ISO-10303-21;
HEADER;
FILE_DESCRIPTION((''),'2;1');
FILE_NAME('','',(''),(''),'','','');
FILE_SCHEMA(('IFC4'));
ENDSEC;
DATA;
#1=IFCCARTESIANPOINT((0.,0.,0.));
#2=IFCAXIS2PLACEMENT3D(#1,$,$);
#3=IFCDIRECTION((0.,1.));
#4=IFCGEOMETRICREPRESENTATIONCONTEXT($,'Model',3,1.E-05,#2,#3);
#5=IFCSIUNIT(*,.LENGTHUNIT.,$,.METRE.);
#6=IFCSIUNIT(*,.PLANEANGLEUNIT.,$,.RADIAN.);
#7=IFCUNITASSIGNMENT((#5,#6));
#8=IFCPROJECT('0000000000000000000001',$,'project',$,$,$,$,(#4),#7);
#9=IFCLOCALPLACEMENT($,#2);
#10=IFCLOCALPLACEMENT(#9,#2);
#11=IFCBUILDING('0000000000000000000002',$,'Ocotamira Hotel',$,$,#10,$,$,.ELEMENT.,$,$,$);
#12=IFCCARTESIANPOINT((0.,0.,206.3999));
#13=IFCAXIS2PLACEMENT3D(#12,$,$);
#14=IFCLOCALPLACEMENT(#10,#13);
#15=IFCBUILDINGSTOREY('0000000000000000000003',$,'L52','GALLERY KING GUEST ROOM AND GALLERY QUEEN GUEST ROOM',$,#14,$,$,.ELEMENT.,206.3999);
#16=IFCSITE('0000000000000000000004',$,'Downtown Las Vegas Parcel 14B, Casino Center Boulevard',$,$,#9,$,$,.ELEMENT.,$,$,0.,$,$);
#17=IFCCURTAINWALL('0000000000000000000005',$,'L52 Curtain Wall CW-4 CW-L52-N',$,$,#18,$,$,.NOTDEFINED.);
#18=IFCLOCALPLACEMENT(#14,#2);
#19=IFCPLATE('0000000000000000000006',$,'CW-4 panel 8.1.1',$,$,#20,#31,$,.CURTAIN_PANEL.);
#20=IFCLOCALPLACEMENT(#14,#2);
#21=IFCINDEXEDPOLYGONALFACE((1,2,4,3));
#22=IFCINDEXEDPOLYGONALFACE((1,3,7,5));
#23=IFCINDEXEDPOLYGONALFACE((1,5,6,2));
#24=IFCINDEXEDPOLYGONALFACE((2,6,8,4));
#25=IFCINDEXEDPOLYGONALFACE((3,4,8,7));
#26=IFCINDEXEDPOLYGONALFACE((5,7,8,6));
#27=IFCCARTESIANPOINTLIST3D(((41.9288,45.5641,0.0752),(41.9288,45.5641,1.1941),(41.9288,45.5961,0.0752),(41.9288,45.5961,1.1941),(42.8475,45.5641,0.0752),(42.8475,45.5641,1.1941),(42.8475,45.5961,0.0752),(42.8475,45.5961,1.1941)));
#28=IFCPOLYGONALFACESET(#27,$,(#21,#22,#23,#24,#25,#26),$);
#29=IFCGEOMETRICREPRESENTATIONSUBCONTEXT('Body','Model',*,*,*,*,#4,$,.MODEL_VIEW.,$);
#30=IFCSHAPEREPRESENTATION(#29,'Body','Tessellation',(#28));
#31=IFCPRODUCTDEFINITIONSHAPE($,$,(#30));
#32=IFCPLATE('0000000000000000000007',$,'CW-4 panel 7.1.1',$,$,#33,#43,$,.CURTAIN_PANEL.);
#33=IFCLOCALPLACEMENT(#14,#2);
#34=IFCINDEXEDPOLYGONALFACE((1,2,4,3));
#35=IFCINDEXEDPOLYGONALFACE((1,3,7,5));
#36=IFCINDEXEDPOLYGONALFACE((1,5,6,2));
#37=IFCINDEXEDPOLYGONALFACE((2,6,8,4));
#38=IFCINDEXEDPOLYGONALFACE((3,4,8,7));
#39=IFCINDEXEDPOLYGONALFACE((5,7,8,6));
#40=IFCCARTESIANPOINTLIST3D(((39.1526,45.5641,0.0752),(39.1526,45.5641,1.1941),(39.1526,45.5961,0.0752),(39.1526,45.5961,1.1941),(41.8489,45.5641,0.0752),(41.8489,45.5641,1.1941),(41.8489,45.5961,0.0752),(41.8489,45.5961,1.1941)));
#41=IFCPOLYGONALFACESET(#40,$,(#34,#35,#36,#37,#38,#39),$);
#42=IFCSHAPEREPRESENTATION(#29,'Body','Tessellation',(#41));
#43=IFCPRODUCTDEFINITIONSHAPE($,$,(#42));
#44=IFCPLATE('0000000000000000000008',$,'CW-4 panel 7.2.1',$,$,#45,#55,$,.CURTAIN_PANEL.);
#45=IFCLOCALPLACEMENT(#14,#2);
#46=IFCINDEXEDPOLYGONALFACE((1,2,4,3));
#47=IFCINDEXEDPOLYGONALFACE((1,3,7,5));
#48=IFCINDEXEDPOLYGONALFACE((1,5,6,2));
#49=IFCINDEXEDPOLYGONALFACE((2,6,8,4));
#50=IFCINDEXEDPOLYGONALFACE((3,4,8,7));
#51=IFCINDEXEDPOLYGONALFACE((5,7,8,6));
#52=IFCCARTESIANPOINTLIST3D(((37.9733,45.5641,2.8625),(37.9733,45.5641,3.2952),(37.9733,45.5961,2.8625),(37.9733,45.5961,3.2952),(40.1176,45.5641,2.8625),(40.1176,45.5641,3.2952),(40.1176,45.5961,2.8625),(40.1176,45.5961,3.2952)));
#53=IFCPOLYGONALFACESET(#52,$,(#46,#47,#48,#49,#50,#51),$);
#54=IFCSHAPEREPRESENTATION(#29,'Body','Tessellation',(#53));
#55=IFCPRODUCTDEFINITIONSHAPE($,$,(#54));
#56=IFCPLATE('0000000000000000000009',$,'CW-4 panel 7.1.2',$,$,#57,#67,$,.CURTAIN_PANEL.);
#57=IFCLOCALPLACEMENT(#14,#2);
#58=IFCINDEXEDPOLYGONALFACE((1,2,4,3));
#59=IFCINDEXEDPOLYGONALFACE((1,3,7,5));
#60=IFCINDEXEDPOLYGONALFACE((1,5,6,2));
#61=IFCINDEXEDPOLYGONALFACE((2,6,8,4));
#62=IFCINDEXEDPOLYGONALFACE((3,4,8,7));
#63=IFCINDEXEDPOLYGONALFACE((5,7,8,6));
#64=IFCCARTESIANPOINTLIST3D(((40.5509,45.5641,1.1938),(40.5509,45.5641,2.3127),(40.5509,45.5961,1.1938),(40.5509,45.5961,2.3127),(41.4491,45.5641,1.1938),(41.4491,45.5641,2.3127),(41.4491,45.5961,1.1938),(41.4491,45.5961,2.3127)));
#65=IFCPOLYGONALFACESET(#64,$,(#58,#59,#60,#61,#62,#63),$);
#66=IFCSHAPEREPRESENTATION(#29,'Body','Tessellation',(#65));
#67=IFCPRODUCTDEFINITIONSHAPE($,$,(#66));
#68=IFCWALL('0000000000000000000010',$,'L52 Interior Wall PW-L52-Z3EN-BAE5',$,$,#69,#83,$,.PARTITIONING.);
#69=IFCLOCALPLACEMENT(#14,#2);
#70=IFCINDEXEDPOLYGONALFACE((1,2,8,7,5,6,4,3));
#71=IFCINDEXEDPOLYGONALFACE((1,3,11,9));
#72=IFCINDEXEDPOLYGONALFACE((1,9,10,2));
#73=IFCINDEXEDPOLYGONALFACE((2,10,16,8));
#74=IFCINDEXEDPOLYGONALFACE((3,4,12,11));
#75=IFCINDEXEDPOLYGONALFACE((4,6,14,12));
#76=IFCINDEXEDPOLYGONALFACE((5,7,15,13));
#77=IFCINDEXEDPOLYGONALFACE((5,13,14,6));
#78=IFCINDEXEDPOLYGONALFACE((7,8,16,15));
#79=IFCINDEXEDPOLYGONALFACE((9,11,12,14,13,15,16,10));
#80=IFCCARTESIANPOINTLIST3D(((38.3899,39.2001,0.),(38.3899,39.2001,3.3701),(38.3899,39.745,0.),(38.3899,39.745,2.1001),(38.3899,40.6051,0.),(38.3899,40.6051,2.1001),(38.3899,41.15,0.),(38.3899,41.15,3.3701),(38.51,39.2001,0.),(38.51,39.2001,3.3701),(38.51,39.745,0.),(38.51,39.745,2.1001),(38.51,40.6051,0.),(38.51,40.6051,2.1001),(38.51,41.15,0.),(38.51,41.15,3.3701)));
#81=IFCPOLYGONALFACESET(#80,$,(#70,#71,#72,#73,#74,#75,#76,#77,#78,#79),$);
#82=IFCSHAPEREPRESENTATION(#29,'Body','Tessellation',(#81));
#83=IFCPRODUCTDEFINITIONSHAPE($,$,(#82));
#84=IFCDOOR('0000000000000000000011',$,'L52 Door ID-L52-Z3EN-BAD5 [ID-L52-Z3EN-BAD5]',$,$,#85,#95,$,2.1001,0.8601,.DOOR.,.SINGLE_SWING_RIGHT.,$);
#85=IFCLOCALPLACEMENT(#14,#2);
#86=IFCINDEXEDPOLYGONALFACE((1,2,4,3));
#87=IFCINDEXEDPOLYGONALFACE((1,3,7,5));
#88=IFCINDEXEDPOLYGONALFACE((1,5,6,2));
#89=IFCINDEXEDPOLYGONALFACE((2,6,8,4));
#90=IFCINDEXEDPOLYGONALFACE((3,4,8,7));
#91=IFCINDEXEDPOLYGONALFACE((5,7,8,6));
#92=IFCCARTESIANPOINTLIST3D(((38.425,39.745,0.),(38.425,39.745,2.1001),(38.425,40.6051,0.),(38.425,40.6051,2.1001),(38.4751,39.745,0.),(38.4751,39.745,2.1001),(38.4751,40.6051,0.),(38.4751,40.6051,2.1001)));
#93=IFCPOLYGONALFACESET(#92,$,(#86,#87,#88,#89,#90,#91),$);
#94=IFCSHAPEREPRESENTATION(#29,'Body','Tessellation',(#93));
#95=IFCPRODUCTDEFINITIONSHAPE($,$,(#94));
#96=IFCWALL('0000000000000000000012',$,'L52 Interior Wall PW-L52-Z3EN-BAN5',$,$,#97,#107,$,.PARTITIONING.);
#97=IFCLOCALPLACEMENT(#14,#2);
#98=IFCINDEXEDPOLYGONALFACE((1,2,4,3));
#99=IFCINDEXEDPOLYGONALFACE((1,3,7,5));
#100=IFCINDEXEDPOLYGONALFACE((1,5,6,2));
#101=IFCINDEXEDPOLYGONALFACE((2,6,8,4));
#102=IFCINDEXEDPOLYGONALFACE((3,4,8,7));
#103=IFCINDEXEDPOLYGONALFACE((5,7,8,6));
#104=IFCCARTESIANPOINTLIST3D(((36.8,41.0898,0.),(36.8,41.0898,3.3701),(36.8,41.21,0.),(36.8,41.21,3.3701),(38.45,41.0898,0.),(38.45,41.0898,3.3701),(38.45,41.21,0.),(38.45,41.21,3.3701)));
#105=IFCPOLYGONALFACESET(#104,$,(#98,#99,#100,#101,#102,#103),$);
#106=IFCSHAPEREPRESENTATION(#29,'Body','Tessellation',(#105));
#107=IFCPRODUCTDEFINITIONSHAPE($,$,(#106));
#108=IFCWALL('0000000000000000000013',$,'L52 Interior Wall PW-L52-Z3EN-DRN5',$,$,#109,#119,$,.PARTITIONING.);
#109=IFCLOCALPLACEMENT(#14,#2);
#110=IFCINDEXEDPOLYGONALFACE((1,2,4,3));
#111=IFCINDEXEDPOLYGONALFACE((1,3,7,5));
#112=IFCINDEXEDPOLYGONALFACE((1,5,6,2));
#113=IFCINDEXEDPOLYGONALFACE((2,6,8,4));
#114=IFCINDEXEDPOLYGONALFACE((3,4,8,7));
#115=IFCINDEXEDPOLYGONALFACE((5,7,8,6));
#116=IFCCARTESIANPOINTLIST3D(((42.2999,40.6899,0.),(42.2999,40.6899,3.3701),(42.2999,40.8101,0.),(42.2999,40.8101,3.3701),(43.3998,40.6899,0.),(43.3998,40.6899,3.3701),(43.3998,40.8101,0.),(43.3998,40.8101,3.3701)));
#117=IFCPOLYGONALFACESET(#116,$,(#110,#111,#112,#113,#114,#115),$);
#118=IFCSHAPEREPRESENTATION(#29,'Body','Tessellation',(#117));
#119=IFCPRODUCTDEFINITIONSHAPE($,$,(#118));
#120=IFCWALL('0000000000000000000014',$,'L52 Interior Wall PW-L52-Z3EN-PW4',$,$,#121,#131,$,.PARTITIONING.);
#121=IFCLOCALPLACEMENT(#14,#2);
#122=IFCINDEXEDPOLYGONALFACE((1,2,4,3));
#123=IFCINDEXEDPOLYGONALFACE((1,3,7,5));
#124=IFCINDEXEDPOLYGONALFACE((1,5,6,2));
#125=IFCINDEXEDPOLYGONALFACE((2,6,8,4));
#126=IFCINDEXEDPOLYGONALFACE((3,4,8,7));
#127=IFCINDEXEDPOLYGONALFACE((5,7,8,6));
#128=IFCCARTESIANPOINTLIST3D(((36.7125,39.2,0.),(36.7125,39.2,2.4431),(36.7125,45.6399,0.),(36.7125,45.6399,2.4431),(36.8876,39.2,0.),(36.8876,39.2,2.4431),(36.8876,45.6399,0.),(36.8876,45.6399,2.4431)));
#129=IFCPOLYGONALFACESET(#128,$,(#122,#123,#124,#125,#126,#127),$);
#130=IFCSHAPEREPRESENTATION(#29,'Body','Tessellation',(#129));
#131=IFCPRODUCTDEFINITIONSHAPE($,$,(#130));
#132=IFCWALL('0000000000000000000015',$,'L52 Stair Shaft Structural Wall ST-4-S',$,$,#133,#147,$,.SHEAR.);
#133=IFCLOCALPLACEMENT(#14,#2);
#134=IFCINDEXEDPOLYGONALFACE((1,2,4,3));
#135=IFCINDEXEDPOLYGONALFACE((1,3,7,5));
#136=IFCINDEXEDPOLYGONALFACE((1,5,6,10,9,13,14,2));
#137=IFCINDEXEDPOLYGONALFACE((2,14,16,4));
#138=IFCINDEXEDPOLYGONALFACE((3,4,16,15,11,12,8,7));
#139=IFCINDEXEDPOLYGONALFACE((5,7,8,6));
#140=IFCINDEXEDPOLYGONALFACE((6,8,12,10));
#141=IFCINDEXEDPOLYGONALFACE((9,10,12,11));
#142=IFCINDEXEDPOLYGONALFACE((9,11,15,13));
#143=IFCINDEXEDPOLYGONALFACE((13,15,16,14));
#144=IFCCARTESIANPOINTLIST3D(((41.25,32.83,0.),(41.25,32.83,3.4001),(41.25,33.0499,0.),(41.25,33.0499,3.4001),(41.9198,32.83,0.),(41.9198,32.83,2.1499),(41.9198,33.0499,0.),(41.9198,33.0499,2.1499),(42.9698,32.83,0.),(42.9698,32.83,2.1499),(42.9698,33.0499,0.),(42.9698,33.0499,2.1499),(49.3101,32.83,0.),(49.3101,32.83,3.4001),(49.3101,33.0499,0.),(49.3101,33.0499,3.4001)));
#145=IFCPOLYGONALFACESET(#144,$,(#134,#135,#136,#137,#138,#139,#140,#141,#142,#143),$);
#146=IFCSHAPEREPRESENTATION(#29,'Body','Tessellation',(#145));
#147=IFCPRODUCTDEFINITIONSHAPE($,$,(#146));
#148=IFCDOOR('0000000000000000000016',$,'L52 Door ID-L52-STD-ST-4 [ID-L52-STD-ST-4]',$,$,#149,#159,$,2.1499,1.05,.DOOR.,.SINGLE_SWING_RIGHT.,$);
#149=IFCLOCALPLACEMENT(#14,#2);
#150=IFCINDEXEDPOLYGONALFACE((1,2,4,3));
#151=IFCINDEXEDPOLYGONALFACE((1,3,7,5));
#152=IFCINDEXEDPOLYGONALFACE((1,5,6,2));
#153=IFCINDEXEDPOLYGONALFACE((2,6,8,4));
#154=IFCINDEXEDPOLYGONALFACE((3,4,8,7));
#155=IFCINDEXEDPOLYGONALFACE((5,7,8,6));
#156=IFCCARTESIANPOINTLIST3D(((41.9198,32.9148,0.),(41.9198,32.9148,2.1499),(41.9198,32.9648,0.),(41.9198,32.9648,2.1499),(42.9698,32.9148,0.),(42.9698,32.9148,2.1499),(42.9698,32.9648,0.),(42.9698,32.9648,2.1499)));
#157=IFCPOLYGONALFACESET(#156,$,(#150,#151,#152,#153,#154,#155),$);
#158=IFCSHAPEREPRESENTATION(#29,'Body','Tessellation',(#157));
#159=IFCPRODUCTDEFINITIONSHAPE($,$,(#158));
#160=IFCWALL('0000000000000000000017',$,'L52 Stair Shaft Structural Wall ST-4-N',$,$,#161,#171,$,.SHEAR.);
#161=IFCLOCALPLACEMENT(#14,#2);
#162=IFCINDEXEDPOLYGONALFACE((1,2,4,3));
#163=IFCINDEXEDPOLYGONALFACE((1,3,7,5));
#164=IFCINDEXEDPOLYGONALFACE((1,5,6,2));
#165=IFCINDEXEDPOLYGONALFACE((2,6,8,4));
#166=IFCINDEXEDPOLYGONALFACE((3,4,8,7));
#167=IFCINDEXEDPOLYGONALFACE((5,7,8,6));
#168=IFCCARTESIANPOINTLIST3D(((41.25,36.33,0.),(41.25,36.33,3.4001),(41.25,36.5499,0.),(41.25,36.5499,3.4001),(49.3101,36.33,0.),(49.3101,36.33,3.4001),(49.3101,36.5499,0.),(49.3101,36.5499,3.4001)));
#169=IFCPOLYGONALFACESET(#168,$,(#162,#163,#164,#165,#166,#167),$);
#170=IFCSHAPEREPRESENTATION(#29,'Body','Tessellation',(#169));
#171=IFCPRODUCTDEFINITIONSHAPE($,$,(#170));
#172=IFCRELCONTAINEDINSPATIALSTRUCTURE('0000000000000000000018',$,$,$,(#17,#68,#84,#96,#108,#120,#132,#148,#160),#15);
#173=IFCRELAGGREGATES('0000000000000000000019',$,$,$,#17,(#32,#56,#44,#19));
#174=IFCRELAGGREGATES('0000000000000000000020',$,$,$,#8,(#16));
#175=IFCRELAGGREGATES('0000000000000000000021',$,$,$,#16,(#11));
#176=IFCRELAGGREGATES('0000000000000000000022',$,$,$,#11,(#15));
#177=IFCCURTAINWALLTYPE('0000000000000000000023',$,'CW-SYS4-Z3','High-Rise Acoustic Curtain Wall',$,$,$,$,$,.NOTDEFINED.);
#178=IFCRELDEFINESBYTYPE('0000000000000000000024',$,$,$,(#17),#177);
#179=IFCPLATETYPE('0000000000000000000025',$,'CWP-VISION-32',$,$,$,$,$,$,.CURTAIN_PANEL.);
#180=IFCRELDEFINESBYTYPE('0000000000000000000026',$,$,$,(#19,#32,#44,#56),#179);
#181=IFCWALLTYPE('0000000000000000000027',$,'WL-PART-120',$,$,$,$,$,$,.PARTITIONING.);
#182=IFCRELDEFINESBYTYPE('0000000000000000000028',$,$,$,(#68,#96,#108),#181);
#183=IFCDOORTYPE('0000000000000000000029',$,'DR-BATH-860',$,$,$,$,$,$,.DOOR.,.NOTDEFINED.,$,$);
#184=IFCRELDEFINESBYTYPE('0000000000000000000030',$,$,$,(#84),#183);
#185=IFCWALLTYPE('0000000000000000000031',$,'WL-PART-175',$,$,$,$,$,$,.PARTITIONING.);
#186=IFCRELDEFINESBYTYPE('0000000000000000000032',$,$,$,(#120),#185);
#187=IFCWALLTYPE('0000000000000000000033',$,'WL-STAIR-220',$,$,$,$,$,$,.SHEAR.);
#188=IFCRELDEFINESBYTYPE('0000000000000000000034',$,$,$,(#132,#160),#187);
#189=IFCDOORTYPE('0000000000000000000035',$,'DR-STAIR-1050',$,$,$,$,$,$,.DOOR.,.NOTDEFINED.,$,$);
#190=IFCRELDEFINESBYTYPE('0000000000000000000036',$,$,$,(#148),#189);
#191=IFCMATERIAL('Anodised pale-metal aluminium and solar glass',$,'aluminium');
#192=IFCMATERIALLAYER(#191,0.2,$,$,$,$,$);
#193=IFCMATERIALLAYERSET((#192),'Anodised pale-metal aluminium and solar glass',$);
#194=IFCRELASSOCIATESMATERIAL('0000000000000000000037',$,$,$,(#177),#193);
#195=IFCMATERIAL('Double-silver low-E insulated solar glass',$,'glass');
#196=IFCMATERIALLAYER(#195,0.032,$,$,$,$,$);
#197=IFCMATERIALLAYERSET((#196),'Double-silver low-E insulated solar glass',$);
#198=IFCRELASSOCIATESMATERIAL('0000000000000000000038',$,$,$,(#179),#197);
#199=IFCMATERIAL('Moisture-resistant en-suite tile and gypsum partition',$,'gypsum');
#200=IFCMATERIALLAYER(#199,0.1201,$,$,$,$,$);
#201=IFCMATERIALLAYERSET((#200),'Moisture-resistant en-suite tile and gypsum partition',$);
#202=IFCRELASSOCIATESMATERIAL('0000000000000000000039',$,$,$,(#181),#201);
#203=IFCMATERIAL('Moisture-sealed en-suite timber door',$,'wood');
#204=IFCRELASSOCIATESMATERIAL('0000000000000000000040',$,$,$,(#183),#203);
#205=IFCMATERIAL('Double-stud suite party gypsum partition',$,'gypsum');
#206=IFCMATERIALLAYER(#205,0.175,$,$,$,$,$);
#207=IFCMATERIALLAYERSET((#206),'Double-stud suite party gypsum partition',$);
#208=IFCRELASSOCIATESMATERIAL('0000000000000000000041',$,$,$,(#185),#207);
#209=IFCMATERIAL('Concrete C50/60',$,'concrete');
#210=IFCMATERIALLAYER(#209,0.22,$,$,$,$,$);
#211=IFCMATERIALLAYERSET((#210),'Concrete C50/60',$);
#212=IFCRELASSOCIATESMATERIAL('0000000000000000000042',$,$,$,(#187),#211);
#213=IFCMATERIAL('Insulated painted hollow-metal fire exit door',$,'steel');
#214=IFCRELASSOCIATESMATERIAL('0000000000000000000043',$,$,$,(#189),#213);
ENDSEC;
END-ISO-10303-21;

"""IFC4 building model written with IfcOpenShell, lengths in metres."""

from ifc_helpers import new_model, si_unit, direction, frame, frame_2d, origin, origin_2d, place, context, subcontext, project, spatial, rectangle, extrude, source, transform, mapped, material, layer, layer_set, type_object, element, fill, aggregate, save


model = new_model("IFC4")

# Units and contexts
model_context = context("Model", 3, precision=1e-05, world=origin(), true_north=direction((0.0, 1.0)))
body_context = subcontext(model_context, "Body", "Model", "MODEL_VIEW")
ifc_project = project(units=[si_unit("LENGTHUNIT", "METRE"), si_unit("PLANEANGLEUNIT", "RADIAN")], contexts=[model_context])

# Site, building, storey
site_placement = place(None, origin())
site = spatial("IfcSite", under=ifc_project, at=site_placement, Name="Downtown Las Vegas Parcel 14B, Casino Center Boulevard", CompositionType="ELEMENT", RefElevation=0.0)
building_placement = place(site_placement, origin())
building = spatial("IfcBuilding", under=site, at=building_placement, Name="Ocotamira Hotel", CompositionType="ELEMENT")
storey_placement = place(building_placement, frame((0.0, 0.0, 206.3999)))
storey = spatial("IfcBuildingStorey", under=building, at=storey_placement, Name="L52", Description="GALLERY KING GUEST ROOM AND GALLERY QUEEN GUEST ROOM", CompositionType="ELEMENT", Elevation=206.3999)

# Shared definitions
ifc_material_1 = material(Name="Concrete C50/60", Category="concrete")

# Curtain wall
ifc_material_2 = material(Name="Anodised pale-metal aluminium and solar glass", Category="aluminium")
ifc_layer_1 = layer(ifc_material_2, 0.2)
ifc_layer_set_1 = layer_set([ifc_layer_1], Name="Anodised pale-metal aluminium and solar glass")
curtain_wall_type = type_object("IfcCurtainWallType", Name="CW-SYS4-Z3", Description="High-Rise Acoustic Curtain Wall", PredefinedType="NOTDEFINED", material=ifc_layer_set_1)
curtain_wall_placement = place(storey_placement, origin())
curtain_wall = element("IfcCurtainWall", 1, at=curtain_wall_placement, inside=storey, type_object=curtain_wall_type, Name="L52 Curtain Wall CW-4 CW-L52-N", PredefinedType="NOTDEFINED")

# Plates
ifc_material_3 = material(Name="Double-silver low-E insulated solar glass", Category="glass")
ifc_layer_2 = layer(ifc_material_3, 0.032)
ifc_layer_set_2 = layer_set([ifc_layer_2], Name="Double-silver low-E insulated solar glass")
plate_type_1 = type_object("IfcPlateType", Name="CWP-VISION-32", PredefinedType="CURTAIN_PANEL", material=ifc_layer_set_2)
shared_shape_1 = source(origin(), body_context, "Body", "SweptSolid", [
    extrude(rectangle(XDim=0.9187, YDim=0.032, at=origin_2d()), origin(), (0.0, 0.0, 1.0), 1.1189),
])
plate_1_placement = place(storey_placement, frame((42.3882, 45.5801, 0.0752), z_axis=(0.0, 0.0, 1.0), x_axis=(1.0, 0.0, 0.0)))
plate_1 = element("IfcPlate", 2, at=plate_1_placement, type_object=plate_type_1, Name="CW-4 panel 8.1.1", PredefinedType="CURTAIN_PANEL", context=body_context, shape_type="MappedRepresentation", body=[
    mapped(shared_shape_1, transform((0.0, 0.0, 0.0), scale=1.0)),
])
shared_shape_2 = source(origin(), body_context, "Body", "SweptSolid", [
    extrude(rectangle(XDim=2.6963, YDim=0.032, at=origin_2d()), origin(), (0.0, 0.0, 1.0), 1.1189),
])
plate_2_placement = place(storey_placement, frame((40.5007, 45.5801, 0.0752), z_axis=(0.0, 0.0, 1.0), x_axis=(1.0, 0.0, 0.0)))
plate_2 = element("IfcPlate", 3, at=plate_2_placement, type_object=plate_type_1, Name="CW-4 panel 7.1.1", PredefinedType="CURTAIN_PANEL", context=body_context, shape_type="MappedRepresentation", body=[
    mapped(shared_shape_2, transform((0.0, 0.0, 0.0), scale=1.0)),
])
shared_shape_3 = source(origin(), body_context, "Body", "SweptSolid", [
    extrude(rectangle(XDim=2.1443, YDim=0.032, at=origin_2d()), origin(), (0.0, 0.0, 1.0), 0.4326),
])
plate_3_placement = place(storey_placement, frame((39.0454, 45.5801, 2.8625), z_axis=(0.0, 0.0, 1.0), x_axis=(1.0, 0.0, 0.0)))
plate_3 = element("IfcPlate", 4, at=plate_3_placement, type_object=plate_type_1, Name="CW-4 panel 7.2.1", PredefinedType="CURTAIN_PANEL", context=body_context, shape_type="MappedRepresentation", body=[
    mapped(shared_shape_3, transform((0.0, 0.0, 0.0), scale=1.0)),
])
shared_shape_4 = source(origin(), body_context, "Body", "SweptSolid", [
    extrude(rectangle(XDim=0.8982, YDim=0.032, at=origin_2d()), origin(), (0.0, 0.0, 1.0), 1.1189),
])
plate_4_placement = place(storey_placement, frame((41.0, 45.5801, 1.1938), z_axis=(0.0, 0.0, 1.0), x_axis=(1.0, 0.0, 0.0)))
plate_4 = element("IfcPlate", 5, at=plate_4_placement, type_object=plate_type_1, Name="CW-4 panel 7.1.2", PredefinedType="CURTAIN_PANEL", context=body_context, shape_type="MappedRepresentation", body=[
    mapped(shared_shape_4, transform((0.0, 0.0, 0.0), scale=1.0)),
])
aggregate(curtain_wall, [plate_2, plate_4, plate_3, plate_1])

# Wall, opening, door
ifc_material_4 = material(Name="Moisture-resistant en-suite tile and gypsum partition", Category="gypsum")
ifc_layer_3 = layer(ifc_material_4, 0.1201)
ifc_layer_set_3 = layer_set([ifc_layer_3], Name="Moisture-resistant en-suite tile and gypsum partition")
wall_type_1 = type_object("IfcWallType", Name="WL-PART-120", PredefinedType="PARTITIONING", material=ifc_layer_set_3)
wall_1_placement = place(storey_placement, frame((38.45, 39.2, 0.0), z_axis=(0.0, 0.0, 1.0), x_axis=(0.0, 1.0, 0.0)))
wall_1 = element("IfcWall", 6, at=wall_1_placement, inside=storey, type_object=wall_type_1, Name="L52 Interior Wall PW-L52-Z3EN-BAE5", PredefinedType="PARTITIONING", context=body_context, shape_type="SweptSolid", body=[
    extrude(rectangle(XDim=1.95, YDim=0.1201, at=frame_2d((0.9751, 0.0))), origin(), (0.0, 0.0, 1.0), 3.3701),
])
opening_1_placement = place(wall_1_placement, frame((0.5449, 0.0, 0.0)))
opening_1 = element("IfcOpeningElement", 7, at=opening_1_placement, cuts=wall_1, PredefinedType="OPENING", context=body_context, shape_type="SweptSolid", body=[
    extrude(rectangle(XDim=0.8601, YDim=2.1001, at=frame_2d((0.4302, 1.05))), frame((0.0, 0.0701, 0.0), z_axis=(0.0, -1.0, 0.0), x_axis=(1.0, 0.0, 0.0)), (0.0, 0.0, 1.0), 0.1401),
])
ifc_material_5 = material(Name="Moisture-sealed en-suite timber door", Category="wood")
door_type_1 = type_object("IfcDoorType", Name="DR-BATH-860", OperationType="NOTDEFINED", PredefinedType="DOOR", material=ifc_material_5)
shared_shape_5 = source(origin(), body_context, "Body", "SweptSolid", [
    extrude(rectangle(XDim=0.8601, YDim=2.1001, at=frame_2d((0.4302, 1.05))), frame((0.0, 0.0249, 0.0), z_axis=(0.0, -1.0, 0.0), x_axis=(1.0, 0.0, 0.0)), (0.0, 0.0, 1.0), 0.05),
])
door_1_placement = place(opening_1_placement, origin())
door_1 = element("IfcDoor", 8, at=door_1_placement, inside=storey, type_object=door_type_1, Name="L52 Door ID-L52-Z3EN-BAD5 [ID-L52-Z3EN-BAD5]", OperationType="SINGLE_SWING_RIGHT", OverallHeight=2.1001, OverallWidth=0.8601, PredefinedType="DOOR", context=body_context, shape_type="MappedRepresentation", body=[
    mapped(shared_shape_5, transform((0.0, 0.0, 0.0), scale=1.0)),
])
fill(opening_1, door_1)

# Walls
wall_2_placement = place(storey_placement, frame((36.8, 41.1499, 0.0), z_axis=(0.0, 0.0, 1.0), x_axis=(1.0, 0.0, 0.0)))
element("IfcWall", 9, at=wall_2_placement, inside=storey, type_object=wall_type_1, Name="L52 Interior Wall PW-L52-Z3EN-BAN5", PredefinedType="PARTITIONING", context=body_context, shape_type="SweptSolid", body=[
    extrude(rectangle(XDim=1.6499, YDim=0.1201, at=frame_2d((0.825, 0.0))), origin(), (0.0, 0.0, 1.0), 3.3701),
])
wall_3_placement = place(storey_placement, frame((42.3, 40.75, 0.0), z_axis=(0.0, 0.0, 1.0), x_axis=(1.0, 0.0, 0.0)))
element("IfcWall", 10, at=wall_3_placement, inside=storey, type_object=wall_type_1, Name="L52 Interior Wall PW-L52-Z3EN-DRN5", PredefinedType="PARTITIONING", context=body_context, shape_type="SweptSolid", body=[
    extrude(rectangle(XDim=1.0999, YDim=0.1201, at=frame_2d((0.5498, 0.0))), origin(), (0.0, 0.0, 1.0), 3.3701),
])
ifc_material_6 = material(Name="Double-stud suite party gypsum partition", Category="gypsum")
ifc_layer_4 = layer(ifc_material_6, 0.175)
ifc_layer_set_4 = layer_set([ifc_layer_4], Name="Double-stud suite party gypsum partition")
wall_type_2 = type_object("IfcWallType", Name="WL-PART-175", PredefinedType="PARTITIONING", material=ifc_layer_set_4)
wall_4_placement = place(storey_placement, frame((36.8, 39.2, 0.0), z_axis=(0.0, 0.0, 1.0), x_axis=(0.0, 1.0, 0.0)))
element("IfcWall", 11, at=wall_4_placement, inside=storey, type_object=wall_type_2, Name="L52 Interior Wall PW-L52-Z3EN-PW4", PredefinedType="PARTITIONING", context=body_context, shape_type="SweptSolid", body=[
    extrude(rectangle(XDim=6.4399, YDim=0.175, at=frame_2d((3.22, 0.0))), origin(), (0.0, 0.0, 1.0), 2.4431),
])

# Wall, opening, door
ifc_layer_5 = layer(ifc_material_1, 0.22)
ifc_layer_set_5 = layer_set([ifc_layer_5], Name="Concrete C50/60")
wall_type_3 = type_object("IfcWallType", Name="WL-STAIR-220", PredefinedType="SHEAR", material=ifc_layer_set_5)
wall_5_placement = place(storey_placement, frame((41.25, 32.9399, 0.0), z_axis=(0.0, 0.0, 1.0), x_axis=(1.0, 0.0, 0.0)))
wall_5 = element("IfcWall", 12, at=wall_5_placement, inside=storey, type_object=wall_type_3, Name="L52 Stair Shaft Structural Wall ST-4-S", PredefinedType="SHEAR", context=body_context, shape_type="SweptSolid", body=[
    extrude(rectangle(XDim=8.0601, YDim=0.22, at=frame_2d((4.03, 0.0))), origin(), (0.0, 0.0, 1.0), 3.4001),
])
opening_2_placement = place(wall_5_placement, frame((0.6699, 0.0, 0.0)))
opening_2 = element("IfcOpeningElement", 13, at=opening_2_placement, cuts=wall_5, PredefinedType="OPENING", context=body_context, shape_type="SweptSolid", body=[
    extrude(rectangle(XDim=1.05, YDim=2.1499, at=frame_2d((0.5249, 1.075))), frame((0.0, 0.1201, 0.0), z_axis=(0.0, -1.0, 0.0), x_axis=(1.0, 0.0, 0.0)), (0.0, 0.0, 1.0), 0.24),
])
ifc_material_7 = material(Name="Insulated painted hollow-metal fire exit door", Category="steel")
door_type_2 = type_object("IfcDoorType", Name="DR-STAIR-1050", OperationType="NOTDEFINED", PredefinedType="DOOR", material=ifc_material_7)
shared_shape_6 = source(origin(), body_context, "Body", "SweptSolid", [
    extrude(rectangle(XDim=1.05, YDim=2.1499, at=frame_2d((0.5249, 1.075))), frame((0.0, 0.0249, 0.0), z_axis=(0.0, -1.0, 0.0), x_axis=(1.0, 0.0, 0.0)), (0.0, 0.0, 1.0), 0.05),
])
door_2_placement = place(opening_2_placement, origin())
door_2 = element("IfcDoor", 14, at=door_2_placement, inside=storey, type_object=door_type_2, Name="L52 Door ID-L52-STD-ST-4 [ID-L52-STD-ST-4]", OperationType="SINGLE_SWING_RIGHT", OverallHeight=2.1499, OverallWidth=1.05, PredefinedType="DOOR", context=body_context, shape_type="MappedRepresentation", body=[
    mapped(shared_shape_6, transform((0.0, 0.0, 0.0), scale=1.0)),
])
fill(opening_2, door_2)

# Wall
wall_6_placement = place(storey_placement, frame((41.25, 36.4399, 0.0), z_axis=(0.0, 0.0, 1.0), x_axis=(1.0, 0.0, 0.0)))
element("IfcWall", 15, at=wall_6_placement, inside=storey, type_object=wall_type_3, Name="L52 Stair Shaft Structural Wall ST-4-N", PredefinedType="SHEAR", context=body_context, shape_type="SweptSolid", body=[
    extrude(rectangle(XDim=8.0601, YDim=0.22, at=frame_2d((4.03, 0.0))), origin(), (0.0, 0.0, 1.0), 3.4001),
])

save(model, "model.ifc")
